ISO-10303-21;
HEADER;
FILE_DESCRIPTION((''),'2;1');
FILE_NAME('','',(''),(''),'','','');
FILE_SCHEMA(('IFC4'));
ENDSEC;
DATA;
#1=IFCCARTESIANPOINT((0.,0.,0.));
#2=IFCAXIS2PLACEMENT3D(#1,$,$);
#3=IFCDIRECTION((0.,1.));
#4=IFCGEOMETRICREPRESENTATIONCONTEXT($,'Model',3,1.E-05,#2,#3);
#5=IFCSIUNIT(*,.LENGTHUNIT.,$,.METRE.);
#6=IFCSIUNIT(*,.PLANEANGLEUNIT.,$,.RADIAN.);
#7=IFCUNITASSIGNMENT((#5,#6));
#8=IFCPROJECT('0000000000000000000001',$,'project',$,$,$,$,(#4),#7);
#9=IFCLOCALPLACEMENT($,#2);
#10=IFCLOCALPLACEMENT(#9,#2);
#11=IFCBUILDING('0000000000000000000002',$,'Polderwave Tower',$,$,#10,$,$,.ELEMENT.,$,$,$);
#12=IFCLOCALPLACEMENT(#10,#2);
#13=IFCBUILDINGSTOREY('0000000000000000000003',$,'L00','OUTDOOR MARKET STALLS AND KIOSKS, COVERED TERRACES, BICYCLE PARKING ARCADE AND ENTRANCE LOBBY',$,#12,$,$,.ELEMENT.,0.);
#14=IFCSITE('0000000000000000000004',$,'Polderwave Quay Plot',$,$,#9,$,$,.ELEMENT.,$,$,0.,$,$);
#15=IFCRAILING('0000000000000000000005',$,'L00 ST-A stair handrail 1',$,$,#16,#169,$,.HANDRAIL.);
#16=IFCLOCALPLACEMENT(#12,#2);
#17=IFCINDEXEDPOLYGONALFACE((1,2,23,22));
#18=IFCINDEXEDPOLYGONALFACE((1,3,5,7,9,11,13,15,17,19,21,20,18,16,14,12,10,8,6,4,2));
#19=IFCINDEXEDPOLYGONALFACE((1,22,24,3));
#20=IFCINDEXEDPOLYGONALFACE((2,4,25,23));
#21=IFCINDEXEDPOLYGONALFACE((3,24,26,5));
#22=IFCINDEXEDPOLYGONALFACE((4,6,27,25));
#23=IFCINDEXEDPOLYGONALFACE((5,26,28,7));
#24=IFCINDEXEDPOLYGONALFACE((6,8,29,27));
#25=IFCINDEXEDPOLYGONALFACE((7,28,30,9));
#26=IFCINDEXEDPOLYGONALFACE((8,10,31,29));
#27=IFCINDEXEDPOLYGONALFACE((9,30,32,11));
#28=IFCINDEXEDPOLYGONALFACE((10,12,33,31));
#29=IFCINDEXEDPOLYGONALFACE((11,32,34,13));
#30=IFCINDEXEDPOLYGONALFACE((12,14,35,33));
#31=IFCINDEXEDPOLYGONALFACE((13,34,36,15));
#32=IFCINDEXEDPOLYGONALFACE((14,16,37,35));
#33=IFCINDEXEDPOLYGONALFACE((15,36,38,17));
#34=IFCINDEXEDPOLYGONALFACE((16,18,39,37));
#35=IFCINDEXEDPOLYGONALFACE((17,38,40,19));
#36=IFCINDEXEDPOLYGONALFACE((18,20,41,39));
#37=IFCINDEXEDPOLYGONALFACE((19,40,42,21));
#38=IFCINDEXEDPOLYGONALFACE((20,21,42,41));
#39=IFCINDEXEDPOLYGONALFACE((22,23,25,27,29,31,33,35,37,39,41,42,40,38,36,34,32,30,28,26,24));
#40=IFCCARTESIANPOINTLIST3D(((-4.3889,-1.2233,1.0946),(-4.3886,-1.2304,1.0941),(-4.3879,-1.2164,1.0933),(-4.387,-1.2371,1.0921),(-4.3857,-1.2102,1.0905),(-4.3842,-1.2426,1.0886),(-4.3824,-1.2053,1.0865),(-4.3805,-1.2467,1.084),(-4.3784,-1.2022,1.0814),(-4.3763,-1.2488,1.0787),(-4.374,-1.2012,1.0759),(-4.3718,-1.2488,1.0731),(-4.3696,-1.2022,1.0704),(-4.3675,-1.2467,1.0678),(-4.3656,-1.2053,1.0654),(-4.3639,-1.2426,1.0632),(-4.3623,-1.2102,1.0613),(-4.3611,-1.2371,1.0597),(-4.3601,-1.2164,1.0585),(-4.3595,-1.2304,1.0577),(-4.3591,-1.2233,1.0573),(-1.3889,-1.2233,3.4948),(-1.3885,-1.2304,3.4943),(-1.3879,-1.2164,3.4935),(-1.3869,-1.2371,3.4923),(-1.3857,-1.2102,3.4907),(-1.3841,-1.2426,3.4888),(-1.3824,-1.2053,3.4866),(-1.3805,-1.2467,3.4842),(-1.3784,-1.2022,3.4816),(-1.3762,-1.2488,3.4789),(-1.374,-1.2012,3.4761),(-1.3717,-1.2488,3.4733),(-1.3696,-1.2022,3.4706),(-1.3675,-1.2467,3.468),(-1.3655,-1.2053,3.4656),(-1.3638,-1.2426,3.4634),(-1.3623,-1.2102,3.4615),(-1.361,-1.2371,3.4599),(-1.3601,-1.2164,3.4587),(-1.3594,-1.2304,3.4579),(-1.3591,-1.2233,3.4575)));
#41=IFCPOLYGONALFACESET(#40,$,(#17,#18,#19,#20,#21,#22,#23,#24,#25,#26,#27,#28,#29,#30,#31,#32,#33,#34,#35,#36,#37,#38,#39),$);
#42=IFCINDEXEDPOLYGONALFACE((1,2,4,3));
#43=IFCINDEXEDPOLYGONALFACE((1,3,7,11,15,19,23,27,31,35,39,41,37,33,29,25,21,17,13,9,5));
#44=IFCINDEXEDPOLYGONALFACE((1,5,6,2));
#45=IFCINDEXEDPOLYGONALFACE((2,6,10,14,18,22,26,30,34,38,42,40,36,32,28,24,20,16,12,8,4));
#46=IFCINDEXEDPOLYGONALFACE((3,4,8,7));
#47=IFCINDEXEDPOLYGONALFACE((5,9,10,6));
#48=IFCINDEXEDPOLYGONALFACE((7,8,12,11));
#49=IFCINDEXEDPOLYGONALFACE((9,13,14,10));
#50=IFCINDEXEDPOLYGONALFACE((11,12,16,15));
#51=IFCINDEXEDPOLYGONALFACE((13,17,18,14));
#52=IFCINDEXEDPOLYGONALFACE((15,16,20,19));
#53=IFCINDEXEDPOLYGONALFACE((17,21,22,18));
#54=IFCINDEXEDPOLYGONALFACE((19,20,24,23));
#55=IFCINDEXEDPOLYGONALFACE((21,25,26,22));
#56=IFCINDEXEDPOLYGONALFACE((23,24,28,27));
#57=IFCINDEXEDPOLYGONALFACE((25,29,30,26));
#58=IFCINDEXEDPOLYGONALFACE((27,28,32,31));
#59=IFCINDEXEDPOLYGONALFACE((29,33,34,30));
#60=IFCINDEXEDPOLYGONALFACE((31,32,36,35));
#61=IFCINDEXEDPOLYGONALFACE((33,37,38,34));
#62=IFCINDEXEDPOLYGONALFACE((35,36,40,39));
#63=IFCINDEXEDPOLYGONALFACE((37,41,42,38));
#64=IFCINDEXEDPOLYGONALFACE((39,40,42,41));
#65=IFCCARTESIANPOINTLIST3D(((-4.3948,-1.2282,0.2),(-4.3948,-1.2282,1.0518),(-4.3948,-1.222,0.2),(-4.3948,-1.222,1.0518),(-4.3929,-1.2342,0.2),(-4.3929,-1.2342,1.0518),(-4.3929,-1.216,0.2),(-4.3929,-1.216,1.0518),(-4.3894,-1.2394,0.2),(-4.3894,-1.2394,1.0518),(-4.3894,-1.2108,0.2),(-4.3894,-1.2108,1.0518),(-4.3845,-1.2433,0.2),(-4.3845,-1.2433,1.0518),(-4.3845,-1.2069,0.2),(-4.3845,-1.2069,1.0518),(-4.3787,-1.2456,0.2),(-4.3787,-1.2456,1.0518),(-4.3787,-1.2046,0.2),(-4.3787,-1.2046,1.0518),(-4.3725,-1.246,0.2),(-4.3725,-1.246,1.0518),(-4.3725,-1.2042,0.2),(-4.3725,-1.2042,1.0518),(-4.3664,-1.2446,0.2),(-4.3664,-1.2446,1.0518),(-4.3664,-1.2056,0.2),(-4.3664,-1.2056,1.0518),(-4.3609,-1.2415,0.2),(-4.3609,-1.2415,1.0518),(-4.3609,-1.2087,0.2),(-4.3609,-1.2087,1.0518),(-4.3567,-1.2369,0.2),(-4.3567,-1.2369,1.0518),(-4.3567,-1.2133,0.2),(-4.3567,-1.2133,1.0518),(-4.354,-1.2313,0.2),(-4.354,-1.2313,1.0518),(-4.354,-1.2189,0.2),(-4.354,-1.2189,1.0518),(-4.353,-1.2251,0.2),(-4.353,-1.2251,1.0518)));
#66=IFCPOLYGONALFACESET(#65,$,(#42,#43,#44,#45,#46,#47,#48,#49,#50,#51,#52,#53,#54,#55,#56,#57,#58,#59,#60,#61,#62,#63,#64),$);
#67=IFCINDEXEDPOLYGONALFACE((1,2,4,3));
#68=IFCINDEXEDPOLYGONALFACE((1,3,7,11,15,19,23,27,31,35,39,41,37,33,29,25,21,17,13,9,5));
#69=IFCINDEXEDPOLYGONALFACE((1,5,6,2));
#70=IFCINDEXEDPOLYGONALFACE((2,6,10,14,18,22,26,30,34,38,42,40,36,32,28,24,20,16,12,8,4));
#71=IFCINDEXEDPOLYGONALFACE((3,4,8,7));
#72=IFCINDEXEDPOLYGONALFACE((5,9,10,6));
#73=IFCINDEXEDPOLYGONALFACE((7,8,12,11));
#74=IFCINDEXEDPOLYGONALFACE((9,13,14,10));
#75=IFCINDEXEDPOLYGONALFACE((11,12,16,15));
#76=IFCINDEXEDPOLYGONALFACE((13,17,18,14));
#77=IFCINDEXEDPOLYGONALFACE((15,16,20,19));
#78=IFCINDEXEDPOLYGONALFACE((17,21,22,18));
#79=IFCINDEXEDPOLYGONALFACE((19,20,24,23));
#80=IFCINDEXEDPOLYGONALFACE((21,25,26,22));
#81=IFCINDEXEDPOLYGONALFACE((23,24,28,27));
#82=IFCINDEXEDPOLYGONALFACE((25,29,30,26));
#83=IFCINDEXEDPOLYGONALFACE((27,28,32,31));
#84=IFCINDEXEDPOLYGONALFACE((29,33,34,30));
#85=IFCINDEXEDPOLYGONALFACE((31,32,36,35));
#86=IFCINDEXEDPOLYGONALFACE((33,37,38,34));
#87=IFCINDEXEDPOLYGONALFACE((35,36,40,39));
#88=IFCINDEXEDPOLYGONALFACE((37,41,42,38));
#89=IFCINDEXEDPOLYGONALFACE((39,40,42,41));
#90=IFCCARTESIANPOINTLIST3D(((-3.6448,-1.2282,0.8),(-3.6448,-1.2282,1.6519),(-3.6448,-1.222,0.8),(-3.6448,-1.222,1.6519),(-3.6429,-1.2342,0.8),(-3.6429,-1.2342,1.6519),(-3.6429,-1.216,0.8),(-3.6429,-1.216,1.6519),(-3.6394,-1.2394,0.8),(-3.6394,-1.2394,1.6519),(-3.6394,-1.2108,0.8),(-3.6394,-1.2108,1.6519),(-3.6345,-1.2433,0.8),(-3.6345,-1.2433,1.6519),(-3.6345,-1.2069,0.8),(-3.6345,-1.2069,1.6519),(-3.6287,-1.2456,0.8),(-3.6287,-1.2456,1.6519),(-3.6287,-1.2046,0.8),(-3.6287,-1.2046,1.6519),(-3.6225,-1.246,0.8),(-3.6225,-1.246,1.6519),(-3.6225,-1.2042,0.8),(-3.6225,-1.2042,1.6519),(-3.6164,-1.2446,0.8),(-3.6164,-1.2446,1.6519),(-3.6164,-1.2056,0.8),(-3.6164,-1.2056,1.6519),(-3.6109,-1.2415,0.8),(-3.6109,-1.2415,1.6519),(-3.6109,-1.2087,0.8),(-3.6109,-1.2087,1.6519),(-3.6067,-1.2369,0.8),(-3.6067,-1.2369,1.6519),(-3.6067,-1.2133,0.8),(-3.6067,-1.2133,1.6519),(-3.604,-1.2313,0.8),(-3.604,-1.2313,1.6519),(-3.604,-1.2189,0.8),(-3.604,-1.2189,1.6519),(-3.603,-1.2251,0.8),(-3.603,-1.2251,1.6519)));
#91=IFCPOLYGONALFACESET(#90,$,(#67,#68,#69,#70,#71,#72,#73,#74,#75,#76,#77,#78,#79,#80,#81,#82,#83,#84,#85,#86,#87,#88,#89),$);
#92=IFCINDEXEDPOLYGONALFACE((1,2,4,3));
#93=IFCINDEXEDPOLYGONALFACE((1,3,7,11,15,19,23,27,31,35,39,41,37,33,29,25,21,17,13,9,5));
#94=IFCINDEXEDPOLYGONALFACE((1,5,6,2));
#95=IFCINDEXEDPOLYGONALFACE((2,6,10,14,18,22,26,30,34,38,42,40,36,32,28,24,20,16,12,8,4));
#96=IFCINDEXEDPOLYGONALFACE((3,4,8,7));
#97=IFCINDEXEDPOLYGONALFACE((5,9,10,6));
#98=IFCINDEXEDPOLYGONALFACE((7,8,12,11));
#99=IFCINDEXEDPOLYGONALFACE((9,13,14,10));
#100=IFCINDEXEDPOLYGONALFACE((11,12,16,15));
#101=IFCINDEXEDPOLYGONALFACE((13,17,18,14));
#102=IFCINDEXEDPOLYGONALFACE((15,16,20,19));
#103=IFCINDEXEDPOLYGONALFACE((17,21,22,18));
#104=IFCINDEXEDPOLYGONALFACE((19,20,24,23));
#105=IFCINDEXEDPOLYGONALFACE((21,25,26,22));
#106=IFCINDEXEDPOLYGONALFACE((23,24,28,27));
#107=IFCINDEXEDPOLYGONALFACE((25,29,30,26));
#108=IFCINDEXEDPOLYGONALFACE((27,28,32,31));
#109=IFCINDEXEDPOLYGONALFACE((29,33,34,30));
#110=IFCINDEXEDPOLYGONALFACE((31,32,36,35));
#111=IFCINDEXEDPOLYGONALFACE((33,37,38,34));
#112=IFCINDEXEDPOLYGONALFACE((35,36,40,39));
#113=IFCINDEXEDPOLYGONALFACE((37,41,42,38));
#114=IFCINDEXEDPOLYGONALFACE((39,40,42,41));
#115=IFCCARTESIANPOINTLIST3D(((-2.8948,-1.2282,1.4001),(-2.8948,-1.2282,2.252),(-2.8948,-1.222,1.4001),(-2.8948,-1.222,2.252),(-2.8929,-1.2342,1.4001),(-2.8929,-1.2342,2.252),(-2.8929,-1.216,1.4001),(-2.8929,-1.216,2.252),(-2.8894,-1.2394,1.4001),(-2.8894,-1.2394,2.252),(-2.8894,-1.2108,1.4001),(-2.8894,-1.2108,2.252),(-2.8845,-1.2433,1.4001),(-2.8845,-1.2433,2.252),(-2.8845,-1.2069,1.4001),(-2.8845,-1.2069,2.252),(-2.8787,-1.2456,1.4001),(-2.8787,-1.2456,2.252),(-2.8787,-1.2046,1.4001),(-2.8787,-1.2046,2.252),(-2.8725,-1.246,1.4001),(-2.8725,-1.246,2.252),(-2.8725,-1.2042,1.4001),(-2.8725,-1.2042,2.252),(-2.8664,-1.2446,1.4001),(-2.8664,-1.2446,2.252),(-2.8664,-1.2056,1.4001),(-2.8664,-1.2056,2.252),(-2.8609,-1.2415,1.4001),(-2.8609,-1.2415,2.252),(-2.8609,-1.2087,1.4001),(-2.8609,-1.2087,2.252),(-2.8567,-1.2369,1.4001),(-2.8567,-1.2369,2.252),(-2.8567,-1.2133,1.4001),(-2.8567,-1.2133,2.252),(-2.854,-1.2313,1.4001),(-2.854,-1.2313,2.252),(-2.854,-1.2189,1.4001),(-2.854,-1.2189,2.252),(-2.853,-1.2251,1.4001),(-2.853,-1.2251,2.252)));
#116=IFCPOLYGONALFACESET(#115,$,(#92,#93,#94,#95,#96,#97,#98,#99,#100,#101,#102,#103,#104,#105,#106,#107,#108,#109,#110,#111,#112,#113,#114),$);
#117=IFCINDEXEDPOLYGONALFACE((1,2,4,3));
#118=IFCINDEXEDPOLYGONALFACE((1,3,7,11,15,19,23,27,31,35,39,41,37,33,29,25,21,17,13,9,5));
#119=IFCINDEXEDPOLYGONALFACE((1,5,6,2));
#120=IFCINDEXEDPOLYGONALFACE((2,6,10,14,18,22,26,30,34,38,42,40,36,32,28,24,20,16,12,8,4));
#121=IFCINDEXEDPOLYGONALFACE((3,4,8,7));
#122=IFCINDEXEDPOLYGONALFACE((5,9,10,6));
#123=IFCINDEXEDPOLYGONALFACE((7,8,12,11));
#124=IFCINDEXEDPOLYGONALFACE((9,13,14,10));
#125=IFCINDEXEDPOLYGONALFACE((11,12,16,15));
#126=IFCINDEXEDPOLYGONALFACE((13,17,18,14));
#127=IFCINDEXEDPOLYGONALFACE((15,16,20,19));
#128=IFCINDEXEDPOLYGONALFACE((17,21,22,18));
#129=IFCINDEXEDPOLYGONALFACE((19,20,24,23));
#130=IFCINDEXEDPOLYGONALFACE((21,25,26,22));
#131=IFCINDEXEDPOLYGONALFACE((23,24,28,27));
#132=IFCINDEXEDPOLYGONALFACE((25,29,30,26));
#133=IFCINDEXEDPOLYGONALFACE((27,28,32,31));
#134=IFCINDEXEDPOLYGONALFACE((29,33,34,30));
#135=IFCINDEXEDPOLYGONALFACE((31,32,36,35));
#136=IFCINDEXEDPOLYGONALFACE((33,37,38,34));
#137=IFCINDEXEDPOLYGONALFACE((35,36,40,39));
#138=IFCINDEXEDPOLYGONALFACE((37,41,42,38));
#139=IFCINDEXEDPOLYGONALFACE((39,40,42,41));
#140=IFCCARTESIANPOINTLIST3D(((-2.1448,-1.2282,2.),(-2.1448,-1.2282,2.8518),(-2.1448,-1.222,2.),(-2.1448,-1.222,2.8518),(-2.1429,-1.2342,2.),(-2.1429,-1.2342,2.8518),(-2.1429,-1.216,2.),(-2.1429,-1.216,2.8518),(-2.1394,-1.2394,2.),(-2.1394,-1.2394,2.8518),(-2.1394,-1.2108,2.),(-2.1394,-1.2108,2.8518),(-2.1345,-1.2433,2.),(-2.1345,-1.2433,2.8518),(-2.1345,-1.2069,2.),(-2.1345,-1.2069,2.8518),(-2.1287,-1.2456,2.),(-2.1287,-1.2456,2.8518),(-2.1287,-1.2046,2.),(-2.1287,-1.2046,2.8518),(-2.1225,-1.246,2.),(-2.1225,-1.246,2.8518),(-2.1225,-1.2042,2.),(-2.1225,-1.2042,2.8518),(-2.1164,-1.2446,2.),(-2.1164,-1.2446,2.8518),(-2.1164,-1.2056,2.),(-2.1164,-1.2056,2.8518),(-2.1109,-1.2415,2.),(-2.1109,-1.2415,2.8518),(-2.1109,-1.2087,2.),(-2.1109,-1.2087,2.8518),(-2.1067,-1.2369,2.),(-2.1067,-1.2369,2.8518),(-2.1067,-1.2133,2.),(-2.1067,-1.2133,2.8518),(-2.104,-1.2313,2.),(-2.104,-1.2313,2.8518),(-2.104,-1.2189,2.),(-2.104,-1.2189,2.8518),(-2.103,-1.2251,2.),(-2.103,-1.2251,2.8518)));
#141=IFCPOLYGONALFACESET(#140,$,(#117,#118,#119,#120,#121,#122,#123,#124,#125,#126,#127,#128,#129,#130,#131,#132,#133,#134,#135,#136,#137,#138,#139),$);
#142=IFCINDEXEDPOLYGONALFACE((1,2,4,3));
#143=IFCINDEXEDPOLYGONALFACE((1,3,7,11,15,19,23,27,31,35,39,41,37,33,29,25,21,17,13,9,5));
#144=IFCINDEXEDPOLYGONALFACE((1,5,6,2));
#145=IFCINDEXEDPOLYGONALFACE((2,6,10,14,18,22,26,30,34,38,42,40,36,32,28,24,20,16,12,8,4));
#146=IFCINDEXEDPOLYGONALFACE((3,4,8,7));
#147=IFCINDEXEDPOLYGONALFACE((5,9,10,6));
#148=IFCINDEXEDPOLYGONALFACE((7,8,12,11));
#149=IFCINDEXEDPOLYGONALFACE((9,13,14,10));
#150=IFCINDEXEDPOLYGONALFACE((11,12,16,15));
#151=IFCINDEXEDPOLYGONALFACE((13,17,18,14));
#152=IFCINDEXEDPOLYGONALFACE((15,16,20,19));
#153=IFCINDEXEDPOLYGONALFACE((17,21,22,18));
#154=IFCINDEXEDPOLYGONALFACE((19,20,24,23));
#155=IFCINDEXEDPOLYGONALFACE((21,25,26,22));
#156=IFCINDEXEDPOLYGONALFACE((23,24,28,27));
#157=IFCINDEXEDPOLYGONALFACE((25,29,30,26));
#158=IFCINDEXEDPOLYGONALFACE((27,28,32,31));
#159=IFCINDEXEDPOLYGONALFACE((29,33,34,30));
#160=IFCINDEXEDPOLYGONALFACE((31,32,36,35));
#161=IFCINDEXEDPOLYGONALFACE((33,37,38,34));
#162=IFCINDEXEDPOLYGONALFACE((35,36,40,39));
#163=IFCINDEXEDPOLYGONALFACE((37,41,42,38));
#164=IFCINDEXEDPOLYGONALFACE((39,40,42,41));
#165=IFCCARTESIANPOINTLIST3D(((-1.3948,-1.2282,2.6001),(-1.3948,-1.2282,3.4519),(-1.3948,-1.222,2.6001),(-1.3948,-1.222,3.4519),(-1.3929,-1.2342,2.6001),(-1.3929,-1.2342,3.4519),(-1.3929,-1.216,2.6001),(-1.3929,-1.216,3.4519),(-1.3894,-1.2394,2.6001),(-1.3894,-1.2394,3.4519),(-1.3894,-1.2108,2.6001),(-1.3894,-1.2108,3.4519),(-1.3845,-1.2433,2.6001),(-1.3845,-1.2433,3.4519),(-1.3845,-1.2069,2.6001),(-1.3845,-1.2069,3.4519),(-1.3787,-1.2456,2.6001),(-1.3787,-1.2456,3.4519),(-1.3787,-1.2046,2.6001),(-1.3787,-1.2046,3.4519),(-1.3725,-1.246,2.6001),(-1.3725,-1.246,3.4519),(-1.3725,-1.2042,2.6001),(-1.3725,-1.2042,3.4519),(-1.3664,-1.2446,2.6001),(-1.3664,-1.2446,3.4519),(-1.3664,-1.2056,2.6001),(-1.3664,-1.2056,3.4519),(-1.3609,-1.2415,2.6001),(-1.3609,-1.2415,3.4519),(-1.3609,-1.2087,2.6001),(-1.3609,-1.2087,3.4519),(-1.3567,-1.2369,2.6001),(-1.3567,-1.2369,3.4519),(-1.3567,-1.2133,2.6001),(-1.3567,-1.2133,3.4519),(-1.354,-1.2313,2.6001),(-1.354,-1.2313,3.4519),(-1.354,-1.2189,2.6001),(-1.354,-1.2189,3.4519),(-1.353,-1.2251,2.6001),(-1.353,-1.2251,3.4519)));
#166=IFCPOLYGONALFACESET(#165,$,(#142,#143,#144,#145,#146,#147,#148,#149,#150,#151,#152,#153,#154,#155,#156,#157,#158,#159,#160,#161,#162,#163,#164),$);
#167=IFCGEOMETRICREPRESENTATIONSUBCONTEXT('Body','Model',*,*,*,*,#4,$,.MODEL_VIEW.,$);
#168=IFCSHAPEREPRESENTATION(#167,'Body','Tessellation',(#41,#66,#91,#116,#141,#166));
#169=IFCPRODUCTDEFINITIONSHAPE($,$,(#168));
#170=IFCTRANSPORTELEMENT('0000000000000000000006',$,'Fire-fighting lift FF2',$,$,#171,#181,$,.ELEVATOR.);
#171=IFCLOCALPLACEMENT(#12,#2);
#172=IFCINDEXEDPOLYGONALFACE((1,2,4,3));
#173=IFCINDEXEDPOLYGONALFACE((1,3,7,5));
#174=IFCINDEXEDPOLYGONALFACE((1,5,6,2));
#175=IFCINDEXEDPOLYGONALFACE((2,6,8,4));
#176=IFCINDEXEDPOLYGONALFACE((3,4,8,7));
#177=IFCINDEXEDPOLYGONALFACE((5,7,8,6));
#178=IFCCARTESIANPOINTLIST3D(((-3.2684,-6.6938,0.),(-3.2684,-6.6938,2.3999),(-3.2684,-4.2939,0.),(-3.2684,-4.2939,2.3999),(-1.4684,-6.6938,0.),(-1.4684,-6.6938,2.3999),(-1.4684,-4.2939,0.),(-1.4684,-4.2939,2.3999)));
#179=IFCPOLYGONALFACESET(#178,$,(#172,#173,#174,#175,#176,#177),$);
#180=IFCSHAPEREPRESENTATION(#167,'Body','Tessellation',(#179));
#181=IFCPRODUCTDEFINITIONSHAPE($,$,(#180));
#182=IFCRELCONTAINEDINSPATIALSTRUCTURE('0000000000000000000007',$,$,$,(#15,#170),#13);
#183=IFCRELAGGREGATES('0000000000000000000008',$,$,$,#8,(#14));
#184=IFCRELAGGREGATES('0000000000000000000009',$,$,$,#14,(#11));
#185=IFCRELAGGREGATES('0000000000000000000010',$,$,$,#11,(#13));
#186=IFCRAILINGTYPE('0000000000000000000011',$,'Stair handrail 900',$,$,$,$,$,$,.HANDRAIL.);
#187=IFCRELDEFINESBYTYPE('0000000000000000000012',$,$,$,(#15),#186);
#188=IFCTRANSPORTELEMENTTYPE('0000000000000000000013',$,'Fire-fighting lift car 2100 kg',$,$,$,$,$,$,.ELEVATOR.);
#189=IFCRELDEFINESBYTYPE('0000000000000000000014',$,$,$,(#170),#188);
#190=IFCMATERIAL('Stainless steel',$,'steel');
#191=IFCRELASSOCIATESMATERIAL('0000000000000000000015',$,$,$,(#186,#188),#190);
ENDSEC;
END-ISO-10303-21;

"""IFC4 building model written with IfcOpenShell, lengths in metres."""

from ifc_helpers import new_model, si_unit, direction, frame, origin, origin_2d, place, context, subcontext, project, spatial, rectangle, circle, extrude, material, type_object, element, save


model = new_model("IFC4")

# Units and contexts
model_context = context("Model", 3, precision=1e-05, world=origin(), true_north=direction((0.0, 1.0)))
body_context = subcontext(model_context, "Body", "Model", "MODEL_VIEW")
ifc_project = project(units=[si_unit("LENGTHUNIT", "METRE"), si_unit("PLANEANGLEUNIT", "RADIAN")], contexts=[model_context])

# Site, building, storey
site_placement = place(None, origin())
site = spatial("IfcSite", under=ifc_project, at=site_placement, Name="Polderwave Quay Plot", CompositionType="ELEMENT", RefElevation=0.0)
building_placement = place(site_placement, origin())
building = spatial("IfcBuilding", under=site, at=building_placement, Name="Polderwave Tower", CompositionType="ELEMENT")
storey_placement = place(building_placement, origin())
storey = spatial("IfcBuildingStorey", under=building, at=storey_placement, Name="L00", Description="OUTDOOR MARKET STALLS AND KIOSKS, COVERED TERRACES, BICYCLE PARKING ARCADE AND ENTRANCE LOBBY", CompositionType="ELEMENT", Elevation=0.0)

# Railing
ifc_material_1 = material(Name="Stainless steel", Category="steel")
railing_type_1 = type_object("IfcRailingType", Name="Stair handrail 900", PredefinedType="HANDRAIL", material=ifc_material_1)
railing_1_placement = place(storey_placement, frame((-4.374, -1.2251, 0.2)))
element("IfcRailing", 1, at=railing_1_placement, inside=storey, type_object=railing_type_1, Name="L00 ST-A stair handrail 1", PredefinedType="HANDRAIL", context=body_context, shape_type="SweptSolid", body=[
    extrude(circle(Radius=0.0239, at=origin_2d()), frame((0.0, 0.0, 0.876), z_axis=(0.78085, 0.0, 0.624718), x_axis=(0.0, 1.0, 0.0)), (0.0, 0.0, 1.0), 3.842),
    extrude(circle(Radius=0.021, at=origin_2d()), origin(), (0.0, 0.0, 1.0), 0.8518),
    extrude(circle(Radius=0.021, at=origin_2d()), frame((0.75, 0.0, 0.6001)), (0.0, 0.0, 1.0), 0.8518),
    extrude(circle(Radius=0.021, at=origin_2d()), frame((1.5, 0.0, 1.2002)), (0.0, 0.0, 1.0), 0.8518),
    extrude(circle(Radius=0.021, at=origin_2d()), frame((2.25, 0.0, 1.8)), (0.0, 0.0, 1.0), 0.8518),
    extrude(circle(Radius=0.021, at=origin_2d()), frame((3.0, 0.0, 2.4001)), (0.0, 0.0, 1.0), 0.8518),
])

# Transport element
transport_element_type = type_object("IfcTransportElementType", Name="Fire-fighting lift car 2100 kg", PredefinedType="ELEVATOR", material=ifc_material_1)
transport_element_placement = place(storey_placement, frame((-2.3684, -5.4939, 0.0), z_axis=(0.0, 0.0, 1.0), x_axis=(1.0, 0.0, 0.0)))
element("IfcTransportElement", 2, at=transport_element_placement, inside=storey, type_object=transport_element_type, Name="Fire-fighting lift FF2", PredefinedType="ELEVATOR", context=body_context, shape_type="SweptSolid", body=[
    extrude(rectangle(XDim=1.8, YDim=2.3999, at=origin_2d()), origin(), (0.0, 0.0, 1.0), 2.3999),
])

save(model, "model.ifc")
